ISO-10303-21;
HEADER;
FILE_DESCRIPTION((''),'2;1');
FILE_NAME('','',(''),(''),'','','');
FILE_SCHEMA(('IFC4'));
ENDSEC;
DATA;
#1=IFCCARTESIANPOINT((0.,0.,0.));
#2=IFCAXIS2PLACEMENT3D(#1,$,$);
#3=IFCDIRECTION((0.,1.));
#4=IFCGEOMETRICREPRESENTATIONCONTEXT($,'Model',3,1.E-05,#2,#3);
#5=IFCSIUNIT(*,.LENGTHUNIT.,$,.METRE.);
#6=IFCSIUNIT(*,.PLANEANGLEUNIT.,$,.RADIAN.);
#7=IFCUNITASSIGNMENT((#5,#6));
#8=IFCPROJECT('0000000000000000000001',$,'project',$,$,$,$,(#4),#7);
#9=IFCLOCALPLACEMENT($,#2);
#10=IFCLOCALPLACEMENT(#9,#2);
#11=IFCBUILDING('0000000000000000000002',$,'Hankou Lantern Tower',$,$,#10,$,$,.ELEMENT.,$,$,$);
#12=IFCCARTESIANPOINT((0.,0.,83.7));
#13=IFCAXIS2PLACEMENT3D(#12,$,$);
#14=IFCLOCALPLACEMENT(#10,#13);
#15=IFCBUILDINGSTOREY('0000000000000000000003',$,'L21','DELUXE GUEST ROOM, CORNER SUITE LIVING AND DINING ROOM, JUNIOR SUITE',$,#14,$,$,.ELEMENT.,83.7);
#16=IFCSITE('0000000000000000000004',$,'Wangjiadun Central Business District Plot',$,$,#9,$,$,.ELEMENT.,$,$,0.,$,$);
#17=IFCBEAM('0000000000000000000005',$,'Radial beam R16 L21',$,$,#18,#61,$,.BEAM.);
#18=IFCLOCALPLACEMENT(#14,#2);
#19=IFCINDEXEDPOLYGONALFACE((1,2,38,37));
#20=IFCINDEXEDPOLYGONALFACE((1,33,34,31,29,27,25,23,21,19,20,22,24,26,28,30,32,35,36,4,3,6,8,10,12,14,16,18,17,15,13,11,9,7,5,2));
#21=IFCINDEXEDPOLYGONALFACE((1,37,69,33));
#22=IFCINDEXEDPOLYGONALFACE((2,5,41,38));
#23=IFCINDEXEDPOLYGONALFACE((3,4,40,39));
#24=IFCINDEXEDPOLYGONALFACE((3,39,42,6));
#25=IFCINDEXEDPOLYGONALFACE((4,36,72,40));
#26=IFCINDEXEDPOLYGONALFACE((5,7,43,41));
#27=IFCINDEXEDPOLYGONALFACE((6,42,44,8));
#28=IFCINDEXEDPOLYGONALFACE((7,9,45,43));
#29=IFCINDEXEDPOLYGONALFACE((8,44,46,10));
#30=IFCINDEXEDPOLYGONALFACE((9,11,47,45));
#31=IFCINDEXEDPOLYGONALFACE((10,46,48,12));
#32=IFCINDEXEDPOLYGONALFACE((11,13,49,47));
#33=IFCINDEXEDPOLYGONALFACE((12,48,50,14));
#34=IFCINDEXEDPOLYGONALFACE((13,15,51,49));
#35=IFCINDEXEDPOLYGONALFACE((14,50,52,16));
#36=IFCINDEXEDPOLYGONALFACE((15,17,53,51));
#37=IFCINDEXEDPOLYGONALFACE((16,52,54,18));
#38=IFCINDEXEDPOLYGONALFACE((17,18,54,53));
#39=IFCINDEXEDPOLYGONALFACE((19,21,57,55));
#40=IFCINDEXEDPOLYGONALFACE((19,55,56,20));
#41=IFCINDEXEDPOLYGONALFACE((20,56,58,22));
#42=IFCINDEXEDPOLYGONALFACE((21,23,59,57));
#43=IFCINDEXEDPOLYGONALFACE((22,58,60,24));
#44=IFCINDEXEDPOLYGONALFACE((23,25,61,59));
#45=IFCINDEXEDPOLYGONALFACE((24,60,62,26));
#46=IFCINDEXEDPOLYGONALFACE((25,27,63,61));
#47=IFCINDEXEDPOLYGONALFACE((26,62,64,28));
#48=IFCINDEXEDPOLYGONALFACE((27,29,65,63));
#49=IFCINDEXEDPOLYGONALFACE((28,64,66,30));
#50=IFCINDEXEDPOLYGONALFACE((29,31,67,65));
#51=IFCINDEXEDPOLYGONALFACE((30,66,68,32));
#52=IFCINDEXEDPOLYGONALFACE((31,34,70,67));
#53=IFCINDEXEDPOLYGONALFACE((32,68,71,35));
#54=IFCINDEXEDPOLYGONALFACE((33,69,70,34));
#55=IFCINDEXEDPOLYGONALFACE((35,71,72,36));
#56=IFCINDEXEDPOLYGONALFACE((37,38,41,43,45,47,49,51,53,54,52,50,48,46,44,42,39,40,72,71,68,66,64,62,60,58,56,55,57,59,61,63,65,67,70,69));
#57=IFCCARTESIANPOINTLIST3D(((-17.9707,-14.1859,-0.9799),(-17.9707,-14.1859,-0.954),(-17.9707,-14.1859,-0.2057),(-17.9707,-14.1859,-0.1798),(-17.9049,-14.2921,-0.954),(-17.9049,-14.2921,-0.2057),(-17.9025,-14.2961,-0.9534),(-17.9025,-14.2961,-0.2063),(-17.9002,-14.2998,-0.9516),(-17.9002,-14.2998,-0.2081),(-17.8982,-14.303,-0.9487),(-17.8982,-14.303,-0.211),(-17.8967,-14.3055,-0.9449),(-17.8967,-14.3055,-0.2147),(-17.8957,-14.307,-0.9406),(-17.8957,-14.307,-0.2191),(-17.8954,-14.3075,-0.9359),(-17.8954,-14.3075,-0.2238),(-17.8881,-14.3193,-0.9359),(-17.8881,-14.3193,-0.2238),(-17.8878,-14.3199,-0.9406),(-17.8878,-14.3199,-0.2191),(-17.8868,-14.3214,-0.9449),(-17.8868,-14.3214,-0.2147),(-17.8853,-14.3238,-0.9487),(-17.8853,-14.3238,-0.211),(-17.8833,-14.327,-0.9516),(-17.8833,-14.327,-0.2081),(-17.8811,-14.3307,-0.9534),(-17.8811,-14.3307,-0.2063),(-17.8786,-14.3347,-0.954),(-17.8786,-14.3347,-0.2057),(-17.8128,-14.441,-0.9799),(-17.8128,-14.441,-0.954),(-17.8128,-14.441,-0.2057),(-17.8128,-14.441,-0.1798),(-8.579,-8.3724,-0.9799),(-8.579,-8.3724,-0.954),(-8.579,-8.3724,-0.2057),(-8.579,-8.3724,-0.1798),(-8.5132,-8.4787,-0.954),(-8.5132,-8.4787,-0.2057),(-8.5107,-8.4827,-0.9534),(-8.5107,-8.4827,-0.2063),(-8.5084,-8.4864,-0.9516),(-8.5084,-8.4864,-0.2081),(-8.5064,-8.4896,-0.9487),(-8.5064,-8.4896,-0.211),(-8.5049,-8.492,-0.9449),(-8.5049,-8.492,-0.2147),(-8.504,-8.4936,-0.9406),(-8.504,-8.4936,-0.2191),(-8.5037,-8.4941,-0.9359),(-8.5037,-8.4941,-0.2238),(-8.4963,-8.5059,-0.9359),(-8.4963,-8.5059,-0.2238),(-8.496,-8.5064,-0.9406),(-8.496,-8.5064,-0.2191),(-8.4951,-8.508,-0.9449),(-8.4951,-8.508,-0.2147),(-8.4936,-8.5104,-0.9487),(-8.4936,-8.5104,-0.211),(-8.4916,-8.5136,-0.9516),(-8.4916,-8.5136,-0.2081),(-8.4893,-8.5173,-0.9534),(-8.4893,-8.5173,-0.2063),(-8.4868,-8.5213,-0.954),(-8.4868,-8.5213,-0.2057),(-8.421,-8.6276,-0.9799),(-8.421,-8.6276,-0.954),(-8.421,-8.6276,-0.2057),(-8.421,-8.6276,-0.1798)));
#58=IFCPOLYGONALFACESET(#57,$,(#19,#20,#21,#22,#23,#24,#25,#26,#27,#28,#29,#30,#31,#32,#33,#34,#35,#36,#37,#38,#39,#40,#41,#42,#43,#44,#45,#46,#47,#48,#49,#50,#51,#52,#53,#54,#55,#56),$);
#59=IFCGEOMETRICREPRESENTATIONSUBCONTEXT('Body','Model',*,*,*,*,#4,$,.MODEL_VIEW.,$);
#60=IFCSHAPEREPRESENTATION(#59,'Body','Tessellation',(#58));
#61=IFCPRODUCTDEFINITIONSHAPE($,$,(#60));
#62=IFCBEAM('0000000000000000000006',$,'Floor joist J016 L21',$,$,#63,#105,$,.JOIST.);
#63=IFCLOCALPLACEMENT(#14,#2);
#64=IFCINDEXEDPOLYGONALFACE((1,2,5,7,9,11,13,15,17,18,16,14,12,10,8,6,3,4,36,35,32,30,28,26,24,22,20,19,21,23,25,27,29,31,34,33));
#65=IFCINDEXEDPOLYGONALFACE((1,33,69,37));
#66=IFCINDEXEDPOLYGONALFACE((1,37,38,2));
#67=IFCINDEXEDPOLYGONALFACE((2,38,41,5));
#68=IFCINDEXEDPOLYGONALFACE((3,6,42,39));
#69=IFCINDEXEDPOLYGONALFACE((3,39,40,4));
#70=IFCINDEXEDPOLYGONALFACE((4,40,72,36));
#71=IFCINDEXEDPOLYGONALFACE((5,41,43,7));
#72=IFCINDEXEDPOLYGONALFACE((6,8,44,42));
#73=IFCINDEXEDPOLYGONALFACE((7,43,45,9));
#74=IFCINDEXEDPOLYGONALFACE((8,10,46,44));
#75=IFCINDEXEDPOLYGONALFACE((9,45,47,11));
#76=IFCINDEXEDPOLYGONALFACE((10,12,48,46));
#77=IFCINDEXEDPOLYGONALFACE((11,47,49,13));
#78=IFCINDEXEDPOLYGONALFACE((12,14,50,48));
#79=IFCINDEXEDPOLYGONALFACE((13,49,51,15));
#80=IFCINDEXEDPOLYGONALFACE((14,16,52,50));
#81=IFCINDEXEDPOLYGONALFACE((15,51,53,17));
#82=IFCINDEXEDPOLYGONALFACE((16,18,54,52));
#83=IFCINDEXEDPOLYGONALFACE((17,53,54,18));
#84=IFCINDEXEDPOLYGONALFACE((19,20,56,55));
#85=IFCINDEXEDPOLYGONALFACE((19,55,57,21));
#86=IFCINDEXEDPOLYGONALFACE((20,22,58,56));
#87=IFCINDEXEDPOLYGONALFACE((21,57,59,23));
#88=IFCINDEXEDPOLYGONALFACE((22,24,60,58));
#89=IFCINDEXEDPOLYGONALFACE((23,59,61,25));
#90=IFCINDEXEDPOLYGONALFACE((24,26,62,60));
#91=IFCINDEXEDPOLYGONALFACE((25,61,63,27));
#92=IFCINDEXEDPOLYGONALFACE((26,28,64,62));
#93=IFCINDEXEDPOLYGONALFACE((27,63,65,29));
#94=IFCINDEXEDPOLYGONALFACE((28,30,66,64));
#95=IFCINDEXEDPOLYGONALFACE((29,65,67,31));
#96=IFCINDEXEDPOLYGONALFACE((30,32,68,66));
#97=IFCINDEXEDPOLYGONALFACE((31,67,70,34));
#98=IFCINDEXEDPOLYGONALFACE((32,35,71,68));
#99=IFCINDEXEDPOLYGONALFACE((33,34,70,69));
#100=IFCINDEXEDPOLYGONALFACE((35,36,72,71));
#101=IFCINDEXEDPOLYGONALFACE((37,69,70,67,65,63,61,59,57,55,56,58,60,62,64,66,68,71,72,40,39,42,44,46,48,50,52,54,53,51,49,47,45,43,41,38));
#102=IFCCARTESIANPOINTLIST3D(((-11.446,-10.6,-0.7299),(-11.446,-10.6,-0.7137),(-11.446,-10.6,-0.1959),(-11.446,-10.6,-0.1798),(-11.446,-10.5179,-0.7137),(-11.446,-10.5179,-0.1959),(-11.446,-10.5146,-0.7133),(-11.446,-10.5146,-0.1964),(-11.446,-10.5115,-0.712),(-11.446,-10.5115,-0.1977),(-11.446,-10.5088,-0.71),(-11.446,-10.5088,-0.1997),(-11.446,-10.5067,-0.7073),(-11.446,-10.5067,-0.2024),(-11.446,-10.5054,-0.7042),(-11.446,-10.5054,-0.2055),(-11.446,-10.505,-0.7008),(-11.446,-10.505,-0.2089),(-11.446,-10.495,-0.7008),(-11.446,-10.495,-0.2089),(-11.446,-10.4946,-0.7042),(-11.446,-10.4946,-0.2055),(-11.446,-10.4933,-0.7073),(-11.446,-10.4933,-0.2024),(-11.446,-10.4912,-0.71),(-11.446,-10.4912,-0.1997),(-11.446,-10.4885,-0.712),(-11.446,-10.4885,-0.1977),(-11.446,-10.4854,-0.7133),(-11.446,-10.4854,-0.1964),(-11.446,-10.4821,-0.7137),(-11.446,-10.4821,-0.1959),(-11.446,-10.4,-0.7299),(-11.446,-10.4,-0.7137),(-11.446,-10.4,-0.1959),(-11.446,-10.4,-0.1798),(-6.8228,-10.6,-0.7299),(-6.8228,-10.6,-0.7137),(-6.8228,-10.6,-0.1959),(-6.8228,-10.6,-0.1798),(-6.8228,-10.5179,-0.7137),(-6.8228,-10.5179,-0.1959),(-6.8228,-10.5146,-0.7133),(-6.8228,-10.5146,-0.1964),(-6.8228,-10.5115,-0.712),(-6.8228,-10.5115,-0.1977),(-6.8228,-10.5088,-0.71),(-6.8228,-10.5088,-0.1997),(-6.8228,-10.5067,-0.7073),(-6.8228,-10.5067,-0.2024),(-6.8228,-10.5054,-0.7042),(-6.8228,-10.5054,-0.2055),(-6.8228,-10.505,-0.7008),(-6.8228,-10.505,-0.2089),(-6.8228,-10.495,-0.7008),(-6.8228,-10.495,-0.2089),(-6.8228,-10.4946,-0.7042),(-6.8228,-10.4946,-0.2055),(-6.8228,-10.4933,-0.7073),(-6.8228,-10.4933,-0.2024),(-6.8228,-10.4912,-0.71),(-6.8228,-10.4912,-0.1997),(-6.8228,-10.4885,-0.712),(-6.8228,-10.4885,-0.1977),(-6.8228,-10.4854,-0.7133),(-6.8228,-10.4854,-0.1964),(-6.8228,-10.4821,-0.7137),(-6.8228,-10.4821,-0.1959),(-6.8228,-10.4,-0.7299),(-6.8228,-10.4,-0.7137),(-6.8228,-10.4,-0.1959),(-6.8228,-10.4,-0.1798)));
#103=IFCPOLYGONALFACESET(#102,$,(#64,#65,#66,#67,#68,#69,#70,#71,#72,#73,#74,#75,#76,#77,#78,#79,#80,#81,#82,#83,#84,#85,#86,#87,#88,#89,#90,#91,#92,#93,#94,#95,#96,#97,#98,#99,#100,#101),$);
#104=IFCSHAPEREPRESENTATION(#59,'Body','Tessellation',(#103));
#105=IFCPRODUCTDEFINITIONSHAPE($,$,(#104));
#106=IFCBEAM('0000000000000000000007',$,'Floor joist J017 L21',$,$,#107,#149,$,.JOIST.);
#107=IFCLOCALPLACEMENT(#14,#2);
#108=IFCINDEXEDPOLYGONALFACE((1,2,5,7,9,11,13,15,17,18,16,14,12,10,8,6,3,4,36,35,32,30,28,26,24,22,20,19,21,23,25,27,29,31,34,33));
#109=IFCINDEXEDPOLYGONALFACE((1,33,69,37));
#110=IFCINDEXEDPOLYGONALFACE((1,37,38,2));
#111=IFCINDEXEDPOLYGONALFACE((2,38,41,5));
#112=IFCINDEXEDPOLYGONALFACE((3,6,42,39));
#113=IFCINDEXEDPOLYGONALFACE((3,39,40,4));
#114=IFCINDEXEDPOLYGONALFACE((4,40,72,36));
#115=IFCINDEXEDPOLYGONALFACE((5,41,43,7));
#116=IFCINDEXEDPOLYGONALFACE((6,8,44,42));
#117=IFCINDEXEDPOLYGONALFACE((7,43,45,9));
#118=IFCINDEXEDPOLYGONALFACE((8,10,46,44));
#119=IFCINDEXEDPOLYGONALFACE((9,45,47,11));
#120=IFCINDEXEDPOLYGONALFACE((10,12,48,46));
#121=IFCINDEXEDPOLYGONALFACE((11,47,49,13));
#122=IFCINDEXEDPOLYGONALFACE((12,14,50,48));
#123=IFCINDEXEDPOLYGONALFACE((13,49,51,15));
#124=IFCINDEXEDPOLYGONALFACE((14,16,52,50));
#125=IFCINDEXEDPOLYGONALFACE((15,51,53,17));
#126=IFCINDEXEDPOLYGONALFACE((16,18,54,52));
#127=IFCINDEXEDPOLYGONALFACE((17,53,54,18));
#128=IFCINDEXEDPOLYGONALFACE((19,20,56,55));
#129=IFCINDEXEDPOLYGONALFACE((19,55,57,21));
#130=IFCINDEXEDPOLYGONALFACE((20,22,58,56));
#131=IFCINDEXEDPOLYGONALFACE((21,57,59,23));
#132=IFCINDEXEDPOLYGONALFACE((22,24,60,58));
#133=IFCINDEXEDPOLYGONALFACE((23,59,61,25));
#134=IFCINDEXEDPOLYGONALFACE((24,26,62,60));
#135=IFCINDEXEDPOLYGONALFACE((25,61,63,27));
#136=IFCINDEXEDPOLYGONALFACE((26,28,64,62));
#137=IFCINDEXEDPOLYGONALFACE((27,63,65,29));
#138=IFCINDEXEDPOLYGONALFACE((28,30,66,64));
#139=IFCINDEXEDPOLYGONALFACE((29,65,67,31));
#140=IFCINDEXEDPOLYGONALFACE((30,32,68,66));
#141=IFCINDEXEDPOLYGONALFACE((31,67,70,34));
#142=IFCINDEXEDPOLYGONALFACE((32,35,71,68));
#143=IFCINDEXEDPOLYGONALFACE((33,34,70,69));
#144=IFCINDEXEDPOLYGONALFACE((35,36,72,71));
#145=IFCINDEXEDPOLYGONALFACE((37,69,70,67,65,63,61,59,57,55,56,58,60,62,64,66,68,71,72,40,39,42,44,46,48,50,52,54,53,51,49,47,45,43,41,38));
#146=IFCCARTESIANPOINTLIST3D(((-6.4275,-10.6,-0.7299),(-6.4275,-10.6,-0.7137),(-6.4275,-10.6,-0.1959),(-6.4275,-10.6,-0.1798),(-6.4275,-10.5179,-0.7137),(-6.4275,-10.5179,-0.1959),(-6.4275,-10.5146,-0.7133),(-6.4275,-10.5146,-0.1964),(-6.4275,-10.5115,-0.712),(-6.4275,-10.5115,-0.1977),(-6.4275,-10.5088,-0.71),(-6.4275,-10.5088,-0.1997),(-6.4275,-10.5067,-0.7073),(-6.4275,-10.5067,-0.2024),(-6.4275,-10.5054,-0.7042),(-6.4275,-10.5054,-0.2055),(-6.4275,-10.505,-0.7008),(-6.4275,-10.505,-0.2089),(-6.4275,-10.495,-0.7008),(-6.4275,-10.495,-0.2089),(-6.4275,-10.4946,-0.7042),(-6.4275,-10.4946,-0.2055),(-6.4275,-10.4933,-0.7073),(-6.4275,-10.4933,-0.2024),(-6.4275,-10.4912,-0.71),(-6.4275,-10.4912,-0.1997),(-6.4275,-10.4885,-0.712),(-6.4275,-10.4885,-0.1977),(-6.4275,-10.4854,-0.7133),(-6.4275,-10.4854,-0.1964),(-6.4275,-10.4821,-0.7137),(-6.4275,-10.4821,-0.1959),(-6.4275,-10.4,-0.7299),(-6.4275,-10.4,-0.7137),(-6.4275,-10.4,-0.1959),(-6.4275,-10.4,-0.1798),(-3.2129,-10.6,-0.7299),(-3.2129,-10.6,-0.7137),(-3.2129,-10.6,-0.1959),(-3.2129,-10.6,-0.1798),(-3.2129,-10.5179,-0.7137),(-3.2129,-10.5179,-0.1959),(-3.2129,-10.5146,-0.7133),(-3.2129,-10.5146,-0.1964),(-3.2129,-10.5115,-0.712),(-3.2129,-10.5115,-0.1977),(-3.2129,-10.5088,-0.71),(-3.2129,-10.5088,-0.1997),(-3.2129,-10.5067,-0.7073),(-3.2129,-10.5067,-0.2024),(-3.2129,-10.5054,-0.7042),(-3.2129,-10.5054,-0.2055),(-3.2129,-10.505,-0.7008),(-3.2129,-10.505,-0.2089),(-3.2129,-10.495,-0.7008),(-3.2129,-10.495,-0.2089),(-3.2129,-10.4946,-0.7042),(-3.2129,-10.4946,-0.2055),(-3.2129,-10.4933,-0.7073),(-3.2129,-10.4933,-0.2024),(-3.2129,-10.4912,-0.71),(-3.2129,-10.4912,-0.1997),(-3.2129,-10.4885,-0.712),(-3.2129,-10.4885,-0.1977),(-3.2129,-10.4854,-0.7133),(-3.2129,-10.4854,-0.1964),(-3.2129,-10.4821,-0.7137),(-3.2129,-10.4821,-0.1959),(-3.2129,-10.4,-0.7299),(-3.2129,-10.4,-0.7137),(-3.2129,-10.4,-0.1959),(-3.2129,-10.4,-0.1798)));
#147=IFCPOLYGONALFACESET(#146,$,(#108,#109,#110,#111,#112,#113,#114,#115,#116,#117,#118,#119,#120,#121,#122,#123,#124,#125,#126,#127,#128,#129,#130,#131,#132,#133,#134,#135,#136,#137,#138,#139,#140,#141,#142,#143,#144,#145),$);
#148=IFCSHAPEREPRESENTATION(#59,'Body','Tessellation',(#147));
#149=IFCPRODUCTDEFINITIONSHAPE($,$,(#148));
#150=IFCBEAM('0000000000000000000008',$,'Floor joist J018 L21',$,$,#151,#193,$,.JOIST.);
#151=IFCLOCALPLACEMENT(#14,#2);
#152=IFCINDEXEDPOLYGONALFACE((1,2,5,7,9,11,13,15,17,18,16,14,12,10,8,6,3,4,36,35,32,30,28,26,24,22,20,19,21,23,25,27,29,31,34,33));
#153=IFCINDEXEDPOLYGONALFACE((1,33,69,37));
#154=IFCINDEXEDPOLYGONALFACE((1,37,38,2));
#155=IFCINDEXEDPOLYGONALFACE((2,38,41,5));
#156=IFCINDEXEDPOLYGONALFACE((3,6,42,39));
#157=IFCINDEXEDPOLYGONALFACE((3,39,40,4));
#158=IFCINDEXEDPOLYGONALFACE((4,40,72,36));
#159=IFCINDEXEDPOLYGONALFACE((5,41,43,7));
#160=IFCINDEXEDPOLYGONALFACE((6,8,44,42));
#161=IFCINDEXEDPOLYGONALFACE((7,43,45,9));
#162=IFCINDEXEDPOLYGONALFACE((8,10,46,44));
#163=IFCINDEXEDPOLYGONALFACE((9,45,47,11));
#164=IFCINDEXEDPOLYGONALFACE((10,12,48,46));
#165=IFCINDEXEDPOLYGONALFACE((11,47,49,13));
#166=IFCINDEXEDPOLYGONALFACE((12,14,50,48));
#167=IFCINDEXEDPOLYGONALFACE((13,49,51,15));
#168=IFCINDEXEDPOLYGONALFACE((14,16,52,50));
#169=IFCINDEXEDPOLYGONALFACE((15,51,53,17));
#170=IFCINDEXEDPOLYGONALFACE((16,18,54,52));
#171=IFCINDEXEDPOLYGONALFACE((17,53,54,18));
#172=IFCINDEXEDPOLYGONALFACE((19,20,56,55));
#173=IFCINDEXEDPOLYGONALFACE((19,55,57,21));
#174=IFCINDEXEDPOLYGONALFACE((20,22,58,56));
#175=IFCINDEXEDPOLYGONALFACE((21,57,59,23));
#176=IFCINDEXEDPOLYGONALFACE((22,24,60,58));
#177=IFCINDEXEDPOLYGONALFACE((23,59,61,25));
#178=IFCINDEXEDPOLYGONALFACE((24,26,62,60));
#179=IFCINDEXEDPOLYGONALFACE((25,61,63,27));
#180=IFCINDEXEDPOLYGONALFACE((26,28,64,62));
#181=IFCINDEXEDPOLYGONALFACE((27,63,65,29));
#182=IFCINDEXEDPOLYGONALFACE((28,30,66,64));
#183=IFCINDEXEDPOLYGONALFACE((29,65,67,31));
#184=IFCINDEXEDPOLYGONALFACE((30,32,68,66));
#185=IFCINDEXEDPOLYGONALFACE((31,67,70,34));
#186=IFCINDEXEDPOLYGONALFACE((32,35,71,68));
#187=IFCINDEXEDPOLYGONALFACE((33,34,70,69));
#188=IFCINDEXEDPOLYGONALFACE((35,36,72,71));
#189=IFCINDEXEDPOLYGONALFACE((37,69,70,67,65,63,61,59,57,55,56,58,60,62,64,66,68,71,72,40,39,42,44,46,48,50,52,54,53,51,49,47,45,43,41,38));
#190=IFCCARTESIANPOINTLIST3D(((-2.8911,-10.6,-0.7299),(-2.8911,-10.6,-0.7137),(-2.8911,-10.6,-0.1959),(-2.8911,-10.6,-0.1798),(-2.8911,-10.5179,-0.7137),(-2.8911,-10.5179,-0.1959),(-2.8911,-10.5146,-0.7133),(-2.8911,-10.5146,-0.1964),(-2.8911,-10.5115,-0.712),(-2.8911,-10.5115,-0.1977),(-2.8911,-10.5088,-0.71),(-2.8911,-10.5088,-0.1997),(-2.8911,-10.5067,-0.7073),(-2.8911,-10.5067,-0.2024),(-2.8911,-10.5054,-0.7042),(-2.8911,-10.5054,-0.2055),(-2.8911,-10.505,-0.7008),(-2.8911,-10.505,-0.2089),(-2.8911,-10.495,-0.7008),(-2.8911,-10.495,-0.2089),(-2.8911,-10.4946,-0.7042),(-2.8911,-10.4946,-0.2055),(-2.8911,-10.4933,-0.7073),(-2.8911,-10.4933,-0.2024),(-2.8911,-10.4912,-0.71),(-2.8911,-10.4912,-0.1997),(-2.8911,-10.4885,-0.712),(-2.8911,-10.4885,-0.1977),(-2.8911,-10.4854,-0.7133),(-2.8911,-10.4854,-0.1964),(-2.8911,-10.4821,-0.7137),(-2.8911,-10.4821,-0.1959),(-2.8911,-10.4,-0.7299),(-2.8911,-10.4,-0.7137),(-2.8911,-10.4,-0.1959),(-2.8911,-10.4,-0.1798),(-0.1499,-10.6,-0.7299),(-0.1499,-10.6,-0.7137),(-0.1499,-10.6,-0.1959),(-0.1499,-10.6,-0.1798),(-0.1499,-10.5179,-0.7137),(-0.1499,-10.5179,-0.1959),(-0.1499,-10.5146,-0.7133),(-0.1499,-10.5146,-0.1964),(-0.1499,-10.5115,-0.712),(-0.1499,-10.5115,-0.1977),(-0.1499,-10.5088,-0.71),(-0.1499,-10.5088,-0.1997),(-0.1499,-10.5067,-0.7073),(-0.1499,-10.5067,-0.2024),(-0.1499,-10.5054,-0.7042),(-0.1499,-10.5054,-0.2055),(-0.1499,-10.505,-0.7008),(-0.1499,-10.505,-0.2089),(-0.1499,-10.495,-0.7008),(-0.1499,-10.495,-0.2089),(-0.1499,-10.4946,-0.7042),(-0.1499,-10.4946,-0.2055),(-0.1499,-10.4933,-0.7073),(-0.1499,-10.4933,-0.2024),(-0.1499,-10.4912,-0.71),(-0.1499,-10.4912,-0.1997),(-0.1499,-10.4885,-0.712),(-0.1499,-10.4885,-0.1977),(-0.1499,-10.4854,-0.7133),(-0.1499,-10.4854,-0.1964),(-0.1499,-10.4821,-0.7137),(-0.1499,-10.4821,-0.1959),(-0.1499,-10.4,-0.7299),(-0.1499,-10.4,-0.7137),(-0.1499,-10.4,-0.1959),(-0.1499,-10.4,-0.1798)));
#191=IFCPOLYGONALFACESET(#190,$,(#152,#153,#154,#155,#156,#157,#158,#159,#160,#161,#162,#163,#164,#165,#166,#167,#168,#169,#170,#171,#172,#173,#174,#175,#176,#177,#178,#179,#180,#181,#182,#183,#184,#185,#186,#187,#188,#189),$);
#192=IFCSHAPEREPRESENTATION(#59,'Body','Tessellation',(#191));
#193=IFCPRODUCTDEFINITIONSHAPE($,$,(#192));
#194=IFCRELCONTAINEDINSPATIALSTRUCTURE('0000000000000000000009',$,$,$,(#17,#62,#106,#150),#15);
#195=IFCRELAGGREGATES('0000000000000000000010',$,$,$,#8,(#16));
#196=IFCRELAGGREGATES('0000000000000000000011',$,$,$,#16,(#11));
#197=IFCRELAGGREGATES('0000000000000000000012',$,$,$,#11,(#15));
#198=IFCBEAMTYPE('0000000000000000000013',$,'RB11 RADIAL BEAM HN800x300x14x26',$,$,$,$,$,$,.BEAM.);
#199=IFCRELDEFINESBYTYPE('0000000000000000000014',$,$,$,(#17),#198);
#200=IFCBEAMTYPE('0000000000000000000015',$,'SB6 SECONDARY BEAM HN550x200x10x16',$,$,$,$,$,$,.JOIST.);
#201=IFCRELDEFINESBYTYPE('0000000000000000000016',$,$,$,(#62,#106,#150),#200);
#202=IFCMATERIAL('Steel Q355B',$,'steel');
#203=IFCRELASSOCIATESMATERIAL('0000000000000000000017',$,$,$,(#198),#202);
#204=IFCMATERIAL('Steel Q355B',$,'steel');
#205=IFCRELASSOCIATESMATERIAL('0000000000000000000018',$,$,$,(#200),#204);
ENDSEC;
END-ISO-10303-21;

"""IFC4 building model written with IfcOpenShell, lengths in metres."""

from ifc_helpers import new_model, si_unit, direction, frame, origin, origin_2d, place, context, subcontext, project, spatial, i_section, extrude, material, material_profile, profile_set, type_object, element, save


model = new_model("IFC4")

# Units and contexts
model_context = context("Model", 3, precision=1e-05, world=origin(), true_north=direction((0.0, 1.0)))
body_context = subcontext(model_context, "Body", "Model", "MODEL_VIEW")
ifc_project = project(units=[si_unit("LENGTHUNIT", "METRE"), si_unit("PLANEANGLEUNIT", "RADIAN")], contexts=[model_context])

# Site, building, storey
site_placement = place(None, origin())
site = spatial("IfcSite", under=ifc_project, at=site_placement, Name="Wangjiadun Central Business District Plot", CompositionType="ELEMENT", RefElevation=0.0)
building_placement = place(site_placement, origin())
building = spatial("IfcBuilding", under=site, at=building_placement, Name="Hankou Lantern Tower", CompositionType="ELEMENT")
storey_placement = place(building_placement, frame((0.0, 0.0, 83.7)))
storey = spatial("IfcBuildingStorey", under=building, at=storey_placement, Name="L21", Description="DELUXE GUEST ROOM, CORNER SUITE LIVING AND DINING ROOM, JUNIOR SUITE", CompositionType="ELEMENT", Elevation=83.7)

# Beams
ifc_material_1 = material(Name="Steel Q355B", Category="steel")
ifc_material_profile_1 = material_profile(ifc_material_1, i_section(OverallWidth=0.3, OverallDepth=0.8, WebThickness=0.0139, FlangeThickness=0.0259, FilletRadius=0.0181, at=origin_2d()), Name="HN800x300x14x26")
ifc_profile_set_1 = profile_set([ifc_material_profile_1], Name="Steel Q355B")
beam_type_1 = type_object("IfcBeamType", Name="RB11 RADIAL BEAM HN800x300x14x26", PredefinedType="BEAM", material=ifc_profile_set_1)
beam_1_placement = place(storey_placement, frame((-8.5, -8.5, -0.5798), z_axis=(-0.850286, -0.52632, 0.0), x_axis=(0.52632, -0.850286, 0.0)))
element("IfcBeam", 1, at=beam_1_placement, inside=storey, type_object=beam_type_1, Name="Radial beam R16 L21", PredefinedType="BEAM", context=body_context, shape_type="SweptSolid", body=[
    extrude(i_section(OverallWidth=0.3, OverallDepth=0.8, WebThickness=0.0139, FlangeThickness=0.0259, FilletRadius=0.0181, at=origin_2d()), origin(), (0.0, 0.0, 1.0), 11.0454),
])
ifc_material_2 = material(Name="Steel Q355B", Category="steel")
ifc_material_profile_2 = material_profile(ifc_material_2, i_section(OverallWidth=0.2, OverallDepth=0.55, WebThickness=0.01, FlangeThickness=0.0161, FilletRadius=0.0129, at=origin_2d()), Name="HN550x200x10x16")
ifc_profile_set_2 = profile_set([ifc_material_profile_2], Name="Steel Q355B")
beam_type_2 = type_object("IfcBeamType", Name="SB6 SECONDARY BEAM HN550x200x10x16", PredefinedType="JOIST", material=ifc_profile_set_2)
beam_2_placement = place(storey_placement, frame((-11.446, -10.5, -0.4548), z_axis=(1.0, 0.0, 0.0), x_axis=(0.0, 1.0, 0.0)))
element("IfcBeam", 2, at=beam_2_placement, inside=storey, type_object=beam_type_2, Name="Floor joist J016 L21", PredefinedType="JOIST", context=body_context, shape_type="SweptSolid", body=[
    extrude(i_section(OverallWidth=0.2, OverallDepth=0.55, WebThickness=0.01, FlangeThickness=0.0161, FilletRadius=0.0129, at=origin_2d()), origin(), (0.0, 0.0, 1.0), 4.6233),
])
beam_3_placement = place(storey_placement, frame((-6.4275, -10.5, -0.4548), z_axis=(1.0, 0.0, 0.0), x_axis=(0.0, 1.0, 0.0)))
element("IfcBeam", 3, at=beam_3_placement, inside=storey, type_object=beam_type_2, Name="Floor joist J017 L21", PredefinedType="JOIST", context=body_context, shape_type="SweptSolid", body=[
    extrude(i_section(OverallWidth=0.2, OverallDepth=0.55, WebThickness=0.01, FlangeThickness=0.0161, FilletRadius=0.0129, at=origin_2d()), origin(), (0.0, 0.0, 1.0), 3.2146),
])
beam_4_placement = place(storey_placement, frame((-2.8911, -10.5, -0.4548), z_axis=(1.0, 0.0, 0.0), x_axis=(0.0, 1.0, 0.0)))
element("IfcBeam", 4, at=beam_4_placement, inside=storey, type_object=beam_type_2, Name="Floor joist J018 L21", PredefinedType="JOIST", context=body_context, shape_type="SweptSolid", body=[
    extrude(i_section(OverallWidth=0.2, OverallDepth=0.55, WebThickness=0.01, FlangeThickness=0.0161, FilletRadius=0.0129, at=origin_2d()), origin(), (0.0, 0.0, 1.0), 2.7412),
])

save(model, "model.ifc")
